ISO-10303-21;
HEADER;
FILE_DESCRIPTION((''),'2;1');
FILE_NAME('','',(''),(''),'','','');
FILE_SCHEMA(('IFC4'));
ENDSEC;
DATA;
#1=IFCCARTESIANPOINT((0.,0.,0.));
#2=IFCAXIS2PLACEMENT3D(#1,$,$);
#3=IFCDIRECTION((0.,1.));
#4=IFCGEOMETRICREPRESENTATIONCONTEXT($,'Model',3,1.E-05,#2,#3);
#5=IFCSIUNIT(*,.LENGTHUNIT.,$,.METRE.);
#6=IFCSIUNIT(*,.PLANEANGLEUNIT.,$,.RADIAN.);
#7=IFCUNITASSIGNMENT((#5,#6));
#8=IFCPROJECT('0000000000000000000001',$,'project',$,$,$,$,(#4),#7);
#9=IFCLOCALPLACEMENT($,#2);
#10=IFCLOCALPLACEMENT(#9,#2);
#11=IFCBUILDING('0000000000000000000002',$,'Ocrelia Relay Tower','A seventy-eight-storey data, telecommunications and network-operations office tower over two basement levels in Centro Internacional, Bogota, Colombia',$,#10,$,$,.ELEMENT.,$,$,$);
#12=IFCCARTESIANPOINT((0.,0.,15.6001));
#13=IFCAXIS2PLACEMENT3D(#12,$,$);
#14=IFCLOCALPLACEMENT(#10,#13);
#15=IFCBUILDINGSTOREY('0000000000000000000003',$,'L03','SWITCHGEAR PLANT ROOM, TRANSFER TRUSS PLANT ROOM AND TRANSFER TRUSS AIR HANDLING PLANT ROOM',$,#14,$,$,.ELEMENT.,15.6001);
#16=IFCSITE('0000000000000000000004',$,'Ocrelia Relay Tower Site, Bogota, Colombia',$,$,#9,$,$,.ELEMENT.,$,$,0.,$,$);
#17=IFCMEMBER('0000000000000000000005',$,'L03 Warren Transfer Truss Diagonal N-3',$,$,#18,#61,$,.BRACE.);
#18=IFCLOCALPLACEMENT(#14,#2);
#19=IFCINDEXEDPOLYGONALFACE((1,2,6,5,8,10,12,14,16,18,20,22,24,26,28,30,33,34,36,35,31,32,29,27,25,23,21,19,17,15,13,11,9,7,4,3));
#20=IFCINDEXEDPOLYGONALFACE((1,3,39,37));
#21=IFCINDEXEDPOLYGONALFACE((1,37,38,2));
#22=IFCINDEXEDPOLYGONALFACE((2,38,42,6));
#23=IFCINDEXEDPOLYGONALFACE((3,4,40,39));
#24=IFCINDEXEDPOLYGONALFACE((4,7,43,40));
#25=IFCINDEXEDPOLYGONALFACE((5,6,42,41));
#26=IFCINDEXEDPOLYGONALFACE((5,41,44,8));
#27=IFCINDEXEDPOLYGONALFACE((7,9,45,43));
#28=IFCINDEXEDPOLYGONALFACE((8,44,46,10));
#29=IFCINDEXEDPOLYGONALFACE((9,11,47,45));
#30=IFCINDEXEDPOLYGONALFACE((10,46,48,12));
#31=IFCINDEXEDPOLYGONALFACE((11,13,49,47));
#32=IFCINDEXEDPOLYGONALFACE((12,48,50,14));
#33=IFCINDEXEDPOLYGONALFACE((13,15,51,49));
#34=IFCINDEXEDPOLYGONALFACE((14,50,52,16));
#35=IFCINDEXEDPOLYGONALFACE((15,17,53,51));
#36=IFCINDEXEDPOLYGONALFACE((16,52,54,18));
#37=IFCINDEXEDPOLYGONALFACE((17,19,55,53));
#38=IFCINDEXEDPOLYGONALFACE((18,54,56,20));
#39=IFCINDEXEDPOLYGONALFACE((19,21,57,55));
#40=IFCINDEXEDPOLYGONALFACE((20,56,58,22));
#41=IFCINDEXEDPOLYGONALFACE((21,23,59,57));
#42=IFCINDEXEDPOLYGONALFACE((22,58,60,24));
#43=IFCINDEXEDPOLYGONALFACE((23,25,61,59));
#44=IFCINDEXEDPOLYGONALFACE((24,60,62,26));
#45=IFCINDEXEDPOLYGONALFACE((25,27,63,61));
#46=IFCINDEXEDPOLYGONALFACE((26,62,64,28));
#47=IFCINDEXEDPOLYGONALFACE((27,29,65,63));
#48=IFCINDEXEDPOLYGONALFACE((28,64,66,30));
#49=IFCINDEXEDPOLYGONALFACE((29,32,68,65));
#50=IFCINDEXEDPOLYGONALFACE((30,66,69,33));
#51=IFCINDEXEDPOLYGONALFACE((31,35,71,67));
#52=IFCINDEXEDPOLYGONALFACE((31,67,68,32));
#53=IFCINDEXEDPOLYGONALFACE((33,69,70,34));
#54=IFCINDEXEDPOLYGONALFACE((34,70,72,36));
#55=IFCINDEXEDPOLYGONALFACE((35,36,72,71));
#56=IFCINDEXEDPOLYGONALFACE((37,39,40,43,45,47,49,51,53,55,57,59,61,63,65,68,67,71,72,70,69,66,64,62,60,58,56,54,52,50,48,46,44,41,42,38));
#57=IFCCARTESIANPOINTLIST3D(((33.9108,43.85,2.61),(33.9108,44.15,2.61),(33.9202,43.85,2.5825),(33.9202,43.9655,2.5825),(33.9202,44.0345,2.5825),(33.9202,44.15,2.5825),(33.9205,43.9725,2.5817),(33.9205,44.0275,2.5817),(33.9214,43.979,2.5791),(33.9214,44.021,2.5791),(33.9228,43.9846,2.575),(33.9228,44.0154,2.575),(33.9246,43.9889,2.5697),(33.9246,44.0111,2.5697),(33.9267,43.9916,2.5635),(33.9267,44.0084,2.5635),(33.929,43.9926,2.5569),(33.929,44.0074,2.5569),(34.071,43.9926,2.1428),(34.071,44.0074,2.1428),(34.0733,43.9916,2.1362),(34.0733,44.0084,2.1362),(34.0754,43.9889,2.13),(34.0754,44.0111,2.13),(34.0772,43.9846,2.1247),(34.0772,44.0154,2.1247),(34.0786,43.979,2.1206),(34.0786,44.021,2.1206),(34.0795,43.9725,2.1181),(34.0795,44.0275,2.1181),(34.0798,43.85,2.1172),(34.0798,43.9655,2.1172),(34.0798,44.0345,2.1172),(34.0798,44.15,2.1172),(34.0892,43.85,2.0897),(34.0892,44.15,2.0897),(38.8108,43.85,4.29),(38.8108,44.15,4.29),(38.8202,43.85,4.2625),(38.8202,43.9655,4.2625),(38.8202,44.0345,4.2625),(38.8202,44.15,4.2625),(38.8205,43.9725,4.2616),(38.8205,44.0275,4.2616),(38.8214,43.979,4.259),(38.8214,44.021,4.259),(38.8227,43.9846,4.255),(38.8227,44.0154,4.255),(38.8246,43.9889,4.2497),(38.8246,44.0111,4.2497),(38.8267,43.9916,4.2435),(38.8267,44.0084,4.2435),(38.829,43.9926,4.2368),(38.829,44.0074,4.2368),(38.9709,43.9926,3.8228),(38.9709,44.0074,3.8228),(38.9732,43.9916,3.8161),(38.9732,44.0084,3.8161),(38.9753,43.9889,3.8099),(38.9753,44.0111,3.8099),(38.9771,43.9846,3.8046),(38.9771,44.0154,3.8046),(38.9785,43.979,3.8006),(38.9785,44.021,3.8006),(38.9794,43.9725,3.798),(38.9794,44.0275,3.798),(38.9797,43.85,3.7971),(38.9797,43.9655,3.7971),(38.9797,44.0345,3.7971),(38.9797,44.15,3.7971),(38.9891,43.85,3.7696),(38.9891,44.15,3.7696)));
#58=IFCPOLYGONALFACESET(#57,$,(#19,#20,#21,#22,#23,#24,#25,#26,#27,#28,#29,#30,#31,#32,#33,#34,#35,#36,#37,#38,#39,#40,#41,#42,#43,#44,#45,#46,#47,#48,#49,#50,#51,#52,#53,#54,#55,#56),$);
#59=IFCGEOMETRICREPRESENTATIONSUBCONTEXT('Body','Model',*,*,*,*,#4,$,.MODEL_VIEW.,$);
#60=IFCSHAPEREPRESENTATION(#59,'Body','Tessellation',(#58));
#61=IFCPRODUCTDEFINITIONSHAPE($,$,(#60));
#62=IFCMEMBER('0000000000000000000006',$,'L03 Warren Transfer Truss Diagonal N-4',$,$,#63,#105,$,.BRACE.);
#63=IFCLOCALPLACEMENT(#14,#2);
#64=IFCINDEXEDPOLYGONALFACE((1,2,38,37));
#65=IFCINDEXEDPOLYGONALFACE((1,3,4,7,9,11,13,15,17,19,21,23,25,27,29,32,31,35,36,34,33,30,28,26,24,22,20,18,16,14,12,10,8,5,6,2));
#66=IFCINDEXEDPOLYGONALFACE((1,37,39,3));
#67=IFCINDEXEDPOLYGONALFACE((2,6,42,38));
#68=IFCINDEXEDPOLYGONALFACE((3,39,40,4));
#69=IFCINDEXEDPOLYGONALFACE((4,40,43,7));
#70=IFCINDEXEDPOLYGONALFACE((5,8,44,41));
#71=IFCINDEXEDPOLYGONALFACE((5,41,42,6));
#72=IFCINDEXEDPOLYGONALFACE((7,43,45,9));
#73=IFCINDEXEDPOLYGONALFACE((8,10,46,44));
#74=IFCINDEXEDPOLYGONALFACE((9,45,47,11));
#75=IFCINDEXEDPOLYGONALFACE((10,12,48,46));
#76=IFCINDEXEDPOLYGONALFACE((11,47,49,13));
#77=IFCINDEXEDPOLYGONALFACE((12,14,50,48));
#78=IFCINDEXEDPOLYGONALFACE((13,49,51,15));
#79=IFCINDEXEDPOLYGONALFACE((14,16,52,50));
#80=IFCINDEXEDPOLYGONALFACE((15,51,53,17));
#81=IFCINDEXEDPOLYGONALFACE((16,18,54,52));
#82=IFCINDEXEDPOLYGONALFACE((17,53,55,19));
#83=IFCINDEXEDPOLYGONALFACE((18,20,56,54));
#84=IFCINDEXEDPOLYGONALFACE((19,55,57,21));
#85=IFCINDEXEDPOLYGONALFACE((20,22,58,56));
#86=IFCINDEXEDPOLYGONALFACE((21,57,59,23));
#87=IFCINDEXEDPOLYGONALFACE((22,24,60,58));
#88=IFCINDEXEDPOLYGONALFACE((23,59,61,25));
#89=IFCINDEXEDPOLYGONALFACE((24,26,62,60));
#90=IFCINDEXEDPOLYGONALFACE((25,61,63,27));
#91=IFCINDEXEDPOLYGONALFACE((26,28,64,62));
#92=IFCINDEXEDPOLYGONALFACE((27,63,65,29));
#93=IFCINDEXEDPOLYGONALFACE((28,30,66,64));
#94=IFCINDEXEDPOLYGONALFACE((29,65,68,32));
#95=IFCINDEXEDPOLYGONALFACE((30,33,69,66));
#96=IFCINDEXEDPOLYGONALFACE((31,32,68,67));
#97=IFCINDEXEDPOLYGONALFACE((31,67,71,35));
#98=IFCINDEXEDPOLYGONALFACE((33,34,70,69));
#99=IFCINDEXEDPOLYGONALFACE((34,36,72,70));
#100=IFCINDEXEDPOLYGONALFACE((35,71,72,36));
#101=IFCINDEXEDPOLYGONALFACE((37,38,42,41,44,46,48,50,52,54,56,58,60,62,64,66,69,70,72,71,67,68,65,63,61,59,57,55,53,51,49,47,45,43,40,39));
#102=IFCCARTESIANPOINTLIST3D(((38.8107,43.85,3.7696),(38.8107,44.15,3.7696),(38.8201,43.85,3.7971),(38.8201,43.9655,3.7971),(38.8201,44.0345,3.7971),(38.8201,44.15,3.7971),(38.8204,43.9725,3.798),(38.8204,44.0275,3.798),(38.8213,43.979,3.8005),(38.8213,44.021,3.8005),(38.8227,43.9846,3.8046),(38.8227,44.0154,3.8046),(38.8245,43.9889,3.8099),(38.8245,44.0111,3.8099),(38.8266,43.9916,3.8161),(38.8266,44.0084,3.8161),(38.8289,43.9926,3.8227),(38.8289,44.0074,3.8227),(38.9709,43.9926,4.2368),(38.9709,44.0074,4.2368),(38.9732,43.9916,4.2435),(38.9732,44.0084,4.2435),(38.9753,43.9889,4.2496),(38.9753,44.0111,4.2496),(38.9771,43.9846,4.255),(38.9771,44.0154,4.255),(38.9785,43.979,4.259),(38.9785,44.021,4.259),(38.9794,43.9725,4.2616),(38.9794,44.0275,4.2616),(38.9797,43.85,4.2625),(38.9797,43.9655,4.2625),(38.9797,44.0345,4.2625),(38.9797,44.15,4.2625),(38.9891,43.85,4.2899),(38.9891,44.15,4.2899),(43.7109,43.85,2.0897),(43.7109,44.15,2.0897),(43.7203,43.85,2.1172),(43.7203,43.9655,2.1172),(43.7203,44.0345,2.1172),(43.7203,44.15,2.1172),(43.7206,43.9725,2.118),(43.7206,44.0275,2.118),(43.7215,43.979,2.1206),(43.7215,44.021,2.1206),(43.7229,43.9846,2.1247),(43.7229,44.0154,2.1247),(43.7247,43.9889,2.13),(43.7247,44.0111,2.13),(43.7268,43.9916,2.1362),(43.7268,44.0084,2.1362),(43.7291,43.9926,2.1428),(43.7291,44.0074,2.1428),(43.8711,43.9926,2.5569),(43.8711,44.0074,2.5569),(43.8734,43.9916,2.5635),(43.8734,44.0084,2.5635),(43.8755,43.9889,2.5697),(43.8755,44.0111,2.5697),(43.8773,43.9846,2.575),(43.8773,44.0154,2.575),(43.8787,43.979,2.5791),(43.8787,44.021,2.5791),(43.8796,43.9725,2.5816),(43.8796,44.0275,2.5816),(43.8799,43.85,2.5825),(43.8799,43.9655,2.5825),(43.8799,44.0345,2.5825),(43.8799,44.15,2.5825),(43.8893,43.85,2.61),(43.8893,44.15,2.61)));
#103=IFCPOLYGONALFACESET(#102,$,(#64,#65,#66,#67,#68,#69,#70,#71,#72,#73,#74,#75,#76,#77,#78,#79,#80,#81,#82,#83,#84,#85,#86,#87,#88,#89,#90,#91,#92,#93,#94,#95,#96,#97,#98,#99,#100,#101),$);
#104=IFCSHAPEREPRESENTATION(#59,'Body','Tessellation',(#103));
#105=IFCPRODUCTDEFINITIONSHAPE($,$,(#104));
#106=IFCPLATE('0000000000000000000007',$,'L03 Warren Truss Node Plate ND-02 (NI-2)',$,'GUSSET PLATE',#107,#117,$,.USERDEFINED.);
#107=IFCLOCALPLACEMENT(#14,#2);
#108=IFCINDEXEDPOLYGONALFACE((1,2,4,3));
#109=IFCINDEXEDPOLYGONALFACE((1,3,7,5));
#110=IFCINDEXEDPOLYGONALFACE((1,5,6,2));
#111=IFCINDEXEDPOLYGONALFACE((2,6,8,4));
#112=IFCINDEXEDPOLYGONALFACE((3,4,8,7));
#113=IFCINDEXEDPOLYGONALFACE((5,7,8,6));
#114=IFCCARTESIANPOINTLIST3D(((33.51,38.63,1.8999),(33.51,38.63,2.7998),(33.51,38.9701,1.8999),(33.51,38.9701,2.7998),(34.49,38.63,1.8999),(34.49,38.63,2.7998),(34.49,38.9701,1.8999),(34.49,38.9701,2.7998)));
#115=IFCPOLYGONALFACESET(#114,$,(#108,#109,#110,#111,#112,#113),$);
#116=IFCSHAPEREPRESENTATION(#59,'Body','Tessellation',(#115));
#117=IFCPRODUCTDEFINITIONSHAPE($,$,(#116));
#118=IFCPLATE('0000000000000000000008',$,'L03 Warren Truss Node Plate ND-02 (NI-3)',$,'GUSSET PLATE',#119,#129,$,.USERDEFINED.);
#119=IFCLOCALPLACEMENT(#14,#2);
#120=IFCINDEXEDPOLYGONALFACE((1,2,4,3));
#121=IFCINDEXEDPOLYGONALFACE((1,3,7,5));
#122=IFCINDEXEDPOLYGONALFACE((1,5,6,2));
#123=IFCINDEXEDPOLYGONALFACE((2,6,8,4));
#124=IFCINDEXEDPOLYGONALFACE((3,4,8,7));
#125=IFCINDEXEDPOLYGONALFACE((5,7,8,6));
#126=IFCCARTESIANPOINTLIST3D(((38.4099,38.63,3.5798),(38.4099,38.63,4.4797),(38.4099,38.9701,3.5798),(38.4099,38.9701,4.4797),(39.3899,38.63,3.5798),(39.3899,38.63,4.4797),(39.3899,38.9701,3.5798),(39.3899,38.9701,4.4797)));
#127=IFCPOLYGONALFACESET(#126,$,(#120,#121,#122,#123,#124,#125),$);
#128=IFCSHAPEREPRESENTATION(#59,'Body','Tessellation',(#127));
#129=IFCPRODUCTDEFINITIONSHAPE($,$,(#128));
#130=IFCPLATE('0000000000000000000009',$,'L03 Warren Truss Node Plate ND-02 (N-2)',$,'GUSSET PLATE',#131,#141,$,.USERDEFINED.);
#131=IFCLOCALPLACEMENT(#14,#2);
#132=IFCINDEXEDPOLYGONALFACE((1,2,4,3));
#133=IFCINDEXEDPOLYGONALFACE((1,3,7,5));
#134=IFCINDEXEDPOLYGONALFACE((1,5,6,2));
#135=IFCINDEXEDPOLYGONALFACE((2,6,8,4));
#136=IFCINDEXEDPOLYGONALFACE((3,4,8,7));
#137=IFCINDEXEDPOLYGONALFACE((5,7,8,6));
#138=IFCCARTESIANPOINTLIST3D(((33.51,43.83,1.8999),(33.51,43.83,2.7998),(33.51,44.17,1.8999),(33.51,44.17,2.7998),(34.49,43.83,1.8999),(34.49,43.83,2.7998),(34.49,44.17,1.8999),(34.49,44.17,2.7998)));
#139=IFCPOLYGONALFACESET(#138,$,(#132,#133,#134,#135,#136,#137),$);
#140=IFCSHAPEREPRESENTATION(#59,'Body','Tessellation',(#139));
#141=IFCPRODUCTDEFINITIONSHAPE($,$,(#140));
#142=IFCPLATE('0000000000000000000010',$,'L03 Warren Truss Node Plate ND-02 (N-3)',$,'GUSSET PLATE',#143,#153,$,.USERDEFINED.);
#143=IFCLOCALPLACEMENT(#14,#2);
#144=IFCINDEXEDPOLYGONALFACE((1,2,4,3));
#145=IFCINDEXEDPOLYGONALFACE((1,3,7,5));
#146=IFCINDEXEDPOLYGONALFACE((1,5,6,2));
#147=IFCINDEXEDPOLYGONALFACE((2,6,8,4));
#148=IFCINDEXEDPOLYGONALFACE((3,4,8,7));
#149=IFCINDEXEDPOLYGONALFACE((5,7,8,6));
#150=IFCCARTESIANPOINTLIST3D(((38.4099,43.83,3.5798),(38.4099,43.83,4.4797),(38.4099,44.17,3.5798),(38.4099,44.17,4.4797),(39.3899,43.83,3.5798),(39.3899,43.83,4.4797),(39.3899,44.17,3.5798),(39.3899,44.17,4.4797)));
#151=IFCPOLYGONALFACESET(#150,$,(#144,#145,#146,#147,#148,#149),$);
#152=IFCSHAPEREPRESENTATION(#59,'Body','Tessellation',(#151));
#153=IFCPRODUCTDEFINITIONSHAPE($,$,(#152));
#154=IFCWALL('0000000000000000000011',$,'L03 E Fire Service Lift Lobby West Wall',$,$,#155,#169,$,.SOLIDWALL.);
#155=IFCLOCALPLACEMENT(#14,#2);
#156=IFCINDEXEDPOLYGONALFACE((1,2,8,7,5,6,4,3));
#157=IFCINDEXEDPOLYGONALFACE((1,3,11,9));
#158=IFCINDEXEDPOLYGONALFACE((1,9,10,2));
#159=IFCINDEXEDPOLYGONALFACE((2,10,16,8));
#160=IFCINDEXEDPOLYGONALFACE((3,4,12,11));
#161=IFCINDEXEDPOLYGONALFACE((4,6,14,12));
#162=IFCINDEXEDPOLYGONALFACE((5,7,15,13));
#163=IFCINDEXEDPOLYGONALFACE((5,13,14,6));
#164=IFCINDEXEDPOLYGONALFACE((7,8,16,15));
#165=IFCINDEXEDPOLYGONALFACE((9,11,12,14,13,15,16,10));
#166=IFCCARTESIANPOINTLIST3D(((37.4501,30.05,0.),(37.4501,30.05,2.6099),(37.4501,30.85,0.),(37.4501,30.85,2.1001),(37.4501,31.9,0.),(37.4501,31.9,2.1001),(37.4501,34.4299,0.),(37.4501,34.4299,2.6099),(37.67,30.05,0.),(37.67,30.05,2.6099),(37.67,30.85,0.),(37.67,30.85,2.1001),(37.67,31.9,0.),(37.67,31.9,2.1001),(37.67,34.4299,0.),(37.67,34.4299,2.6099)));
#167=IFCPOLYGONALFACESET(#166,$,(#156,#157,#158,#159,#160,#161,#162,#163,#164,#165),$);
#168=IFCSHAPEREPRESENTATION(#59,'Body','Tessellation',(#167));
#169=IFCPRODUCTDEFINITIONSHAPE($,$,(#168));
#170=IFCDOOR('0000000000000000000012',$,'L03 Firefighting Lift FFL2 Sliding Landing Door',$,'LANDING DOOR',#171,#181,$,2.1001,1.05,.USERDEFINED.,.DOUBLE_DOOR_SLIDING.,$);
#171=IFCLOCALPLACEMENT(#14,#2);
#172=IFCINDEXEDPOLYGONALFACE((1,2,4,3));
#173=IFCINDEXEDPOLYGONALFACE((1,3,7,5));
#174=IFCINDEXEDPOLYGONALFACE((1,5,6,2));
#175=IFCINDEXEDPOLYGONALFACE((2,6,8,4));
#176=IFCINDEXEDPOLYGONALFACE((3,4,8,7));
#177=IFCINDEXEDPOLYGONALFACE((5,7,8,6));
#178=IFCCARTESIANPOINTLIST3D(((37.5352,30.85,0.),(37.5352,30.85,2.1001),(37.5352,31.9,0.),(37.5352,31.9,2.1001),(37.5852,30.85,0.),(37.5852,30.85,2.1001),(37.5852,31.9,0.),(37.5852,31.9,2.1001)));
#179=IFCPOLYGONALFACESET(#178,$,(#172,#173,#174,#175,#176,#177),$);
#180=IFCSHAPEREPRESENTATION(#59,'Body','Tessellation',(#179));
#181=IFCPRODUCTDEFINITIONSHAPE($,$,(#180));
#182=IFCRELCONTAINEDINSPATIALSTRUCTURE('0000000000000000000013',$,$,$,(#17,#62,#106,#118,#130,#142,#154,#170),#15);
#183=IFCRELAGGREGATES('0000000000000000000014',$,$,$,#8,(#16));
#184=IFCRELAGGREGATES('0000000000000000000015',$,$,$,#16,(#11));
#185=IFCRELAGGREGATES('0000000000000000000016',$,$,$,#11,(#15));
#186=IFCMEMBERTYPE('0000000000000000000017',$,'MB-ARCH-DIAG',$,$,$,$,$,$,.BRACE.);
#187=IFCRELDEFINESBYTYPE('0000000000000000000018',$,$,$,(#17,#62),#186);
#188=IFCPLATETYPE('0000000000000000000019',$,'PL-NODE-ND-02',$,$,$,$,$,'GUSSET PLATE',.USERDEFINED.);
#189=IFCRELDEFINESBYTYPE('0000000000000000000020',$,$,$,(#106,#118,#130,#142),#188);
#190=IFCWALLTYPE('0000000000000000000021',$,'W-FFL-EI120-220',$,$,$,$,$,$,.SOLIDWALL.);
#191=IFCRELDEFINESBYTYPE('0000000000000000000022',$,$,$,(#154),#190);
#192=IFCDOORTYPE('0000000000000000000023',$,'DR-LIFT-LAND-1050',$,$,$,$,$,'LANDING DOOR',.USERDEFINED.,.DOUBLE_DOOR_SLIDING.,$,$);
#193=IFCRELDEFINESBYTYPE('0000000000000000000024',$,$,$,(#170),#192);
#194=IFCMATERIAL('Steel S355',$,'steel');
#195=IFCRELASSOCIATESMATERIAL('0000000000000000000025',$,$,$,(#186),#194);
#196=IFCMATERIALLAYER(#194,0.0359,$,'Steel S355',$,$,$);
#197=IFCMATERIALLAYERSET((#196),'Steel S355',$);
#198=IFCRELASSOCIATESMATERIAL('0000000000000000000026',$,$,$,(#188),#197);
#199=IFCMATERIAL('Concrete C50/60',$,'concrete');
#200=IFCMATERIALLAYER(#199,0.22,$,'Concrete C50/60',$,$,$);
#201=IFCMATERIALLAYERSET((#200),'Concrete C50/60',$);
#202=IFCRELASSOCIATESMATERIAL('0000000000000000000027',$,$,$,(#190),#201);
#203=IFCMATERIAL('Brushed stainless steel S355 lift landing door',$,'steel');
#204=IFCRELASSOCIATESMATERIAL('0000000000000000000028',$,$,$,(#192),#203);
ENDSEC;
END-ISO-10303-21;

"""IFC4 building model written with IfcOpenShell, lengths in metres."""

from ifc_helpers import new_model, si_unit, direction, frame, frame_2d, origin, origin_2d, place, context, subcontext, project, spatial, rectangle, i_section, extrude, material, layer, layer_set, material_profile, profile_set, type_object, element, fill, save


model = new_model("IFC4")

# Units and contexts
model_context = context("Model", 3, precision=1e-05, world=origin(), true_north=direction((0.0, 1.0)))
body_context = subcontext(model_context, "Body", "Model", "MODEL_VIEW")
ifc_project = project(units=[si_unit("LENGTHUNIT", "METRE"), si_unit("PLANEANGLEUNIT", "RADIAN")], contexts=[model_context])

# Site, building, storey
site_placement = place(None, origin())
site = spatial("IfcSite", under=ifc_project, at=site_placement, Name="Ocrelia Relay Tower Site, Bogota, Colombia", CompositionType="ELEMENT", RefElevation=0.0)
building_placement = place(site_placement, origin())
building = spatial("IfcBuilding", under=site, at=building_placement, Name="Ocrelia Relay Tower", Description="A seventy-eight-storey data, telecommunications and network-operations office tower over two basement levels in Centro Internacional, Bogota, Colombia", CompositionType="ELEMENT")
storey_placement = place(building_placement, frame((0.0, 0.0, 15.6001)))
storey = spatial("IfcBuildingStorey", under=building, at=storey_placement, Name="L03", Description="SWITCHGEAR PLANT ROOM, TRANSFER TRUSS PLANT ROOM AND TRANSFER TRUSS AIR HANDLING PLANT ROOM", CompositionType="ELEMENT", Elevation=15.6001)

# Members
ifc_material_1 = material(Name="Steel S355", Category="steel")
ifc_material_profile_1 = material_profile(ifc_material_1, i_section(OverallWidth=0.3, OverallDepth=0.55, WebThickness=0.0149, FlangeThickness=0.0291, FilletRadius=0.0271, at=origin_2d()), Name="HEB 550")
ifc_profile_set_1 = profile_set([ifc_material_profile_1], Name="Steel S355")
member_type_1 = type_object("IfcMemberType", Name="MB-ARCH-DIAG", PredefinedType="BRACE", material=ifc_profile_set_1)
member_1_placement = place(storey_placement, frame((34.0, 44.0, 2.3499), z_axis=(0.945948, 0.0, 0.324318), x_axis=(0.0, 1.0, 0.0)))
element("IfcMember", 1, at=member_1_placement, inside=storey, type_object=member_type_1, Name="L03 Warren Transfer Truss Diagonal N-3", PredefinedType="BRACE", context=body_context, shape_type="SweptSolid", body=[
    extrude(i_section(OverallWidth=0.3, OverallDepth=0.55, WebThickness=0.0149, FlangeThickness=0.0291, FilletRadius=0.0271, at=origin_2d()), origin(), (0.0, 0.0, 1.0), 5.1799),
])
member_2_placement = place(storey_placement, frame((38.8999, 44.0, 4.0298), z_axis=(0.945953, 0.0, -0.324304), x_axis=(0.0, 1.0, 0.0)))
element("IfcMember", 2, at=member_2_placement, inside=storey, type_object=member_type_1, Name="L03 Warren Transfer Truss Diagonal N-4", PredefinedType="BRACE", context=body_context, shape_type="SweptSolid", body=[
    extrude(i_section(OverallWidth=0.3, OverallDepth=0.55, WebThickness=0.0149, FlangeThickness=0.0291, FilletRadius=0.0271, at=origin_2d()), origin(), (0.0, 0.0, 1.0), 5.1802),
])

# Plates
ifc_layer_1 = layer(ifc_material_1, 0.0359, Name="Steel S355")
ifc_layer_set_1 = layer_set([ifc_layer_1], Name="Steel S355")
plate_type = type_object("IfcPlateType", Name="PL-NODE-ND-02", ElementType="GUSSET PLATE", PredefinedType="USERDEFINED", material=ifc_layer_set_1)
for number, where, z_axis, x_axis, name in (
    (3, (34.0, 38.8, 1.8999), (0.0, 0.0, 1.0), (1.0, 0.0, 0.0), "L03 Warren Truss Node Plate ND-02 (NI-2)"),
    (4, (38.8999, 38.8, 3.5798), (0.0, 0.0, 1.0), (1.0, 0.0, 0.0), "L03 Warren Truss Node Plate ND-02 (NI-3)"),
    (5, (34.0, 44.0, 1.8999), (0.0, 0.0, 1.0), (1.0, 0.0, 0.0), "L03 Warren Truss Node Plate ND-02 (N-2)"),
    (6, (38.8999, 44.0, 3.5798), (0.0, 0.0, 1.0), (1.0, 0.0, 0.0), "L03 Warren Truss Node Plate ND-02 (N-3)"),
):
    element("IfcPlate", number, at=place(storey_placement, frame(where, z_axis=z_axis, x_axis=x_axis)), inside=storey, type_object=plate_type, Name=name, ObjectType="GUSSET PLATE", PredefinedType="USERDEFINED", context=body_context, shape_type="SweptSolid", body=[
        extrude(rectangle(XDim=0.98, YDim=0.3401, at=origin_2d()), origin(), (0.0, 0.0, 1.0), 0.8999),
    ])

# Wall, opening, door
ifc_material_2 = material(Name="Concrete C50/60", Category="concrete")
ifc_layer_2 = layer(ifc_material_2, 0.22, Name="Concrete C50/60")
ifc_layer_set_2 = layer_set([ifc_layer_2], Name="Concrete C50/60")
wall_type_1 = type_object("IfcWallType", Name="W-FFL-EI120-220", PredefinedType="SOLIDWALL", material=ifc_layer_set_2)
wall_1_placement = place(storey_placement, frame((37.5601, 30.05, 0.0), z_axis=(0.0, 0.0, 1.0), x_axis=(0.0, 1.0, 0.0)))
wall_1 = element("IfcWall", 7, at=wall_1_placement, inside=storey, type_object=wall_type_1, Name="L03 E Fire Service Lift Lobby West Wall", PredefinedType="SOLIDWALL", context=body_context, shape_type="SweptSolid", body=[
    extrude(rectangle(XDim=4.3799, YDim=0.22, at=frame_2d((2.1899, 0.0))), origin(), (0.0, 0.0, 1.0), 2.6099),
])
opening_1_placement = place(wall_1_placement, frame((0.8, 0.0, 0.0)))
opening_1 = element("IfcOpeningElement", 8, at=opening_1_placement, cuts=wall_1, PredefinedType="OPENING", context=body_context, shape_type="SweptSolid", body=[
    extrude(rectangle(XDim=1.05, YDim=2.1001, at=frame_2d((0.5249, 1.05))), frame((0.0, 0.1201, 0.0), z_axis=(0.0, -1.0, 0.0), x_axis=(1.0, 0.0, 0.0)), (0.0, 0.0, 1.0), 0.24),
])
ifc_material_3 = material(Name="Brushed stainless steel S355 lift landing door", Category="steel")
door_type_1 = type_object("IfcDoorType", Name="DR-LIFT-LAND-1050", ElementType="LANDING DOOR", OperationType="DOUBLE_DOOR_SLIDING", PredefinedType="USERDEFINED", material=ifc_material_3)
door_1_placement = place(opening_1_placement, origin())
door_1 = element("IfcDoor", 9, at=door_1_placement, inside=storey, type_object=door_type_1, Name="L03 Firefighting Lift FFL2 Sliding Landing Door", ObjectType="LANDING DOOR", OperationType="DOUBLE_DOOR_SLIDING", OverallHeight=2.1001, OverallWidth=1.05, PredefinedType="USERDEFINED", context=body_context, shape_type="SweptSolid", body=[
    extrude(rectangle(XDim=1.05, YDim=2.1001, at=frame_2d((0.5249, 1.05))), frame((0.0, 0.0249, 0.0), z_axis=(0.0, -1.0, 0.0), x_axis=(1.0, 0.0, 0.0)), (0.0, 0.0, 1.0), 0.05),
])
fill(opening_1, door_1)

save(model, "model.ifc")
